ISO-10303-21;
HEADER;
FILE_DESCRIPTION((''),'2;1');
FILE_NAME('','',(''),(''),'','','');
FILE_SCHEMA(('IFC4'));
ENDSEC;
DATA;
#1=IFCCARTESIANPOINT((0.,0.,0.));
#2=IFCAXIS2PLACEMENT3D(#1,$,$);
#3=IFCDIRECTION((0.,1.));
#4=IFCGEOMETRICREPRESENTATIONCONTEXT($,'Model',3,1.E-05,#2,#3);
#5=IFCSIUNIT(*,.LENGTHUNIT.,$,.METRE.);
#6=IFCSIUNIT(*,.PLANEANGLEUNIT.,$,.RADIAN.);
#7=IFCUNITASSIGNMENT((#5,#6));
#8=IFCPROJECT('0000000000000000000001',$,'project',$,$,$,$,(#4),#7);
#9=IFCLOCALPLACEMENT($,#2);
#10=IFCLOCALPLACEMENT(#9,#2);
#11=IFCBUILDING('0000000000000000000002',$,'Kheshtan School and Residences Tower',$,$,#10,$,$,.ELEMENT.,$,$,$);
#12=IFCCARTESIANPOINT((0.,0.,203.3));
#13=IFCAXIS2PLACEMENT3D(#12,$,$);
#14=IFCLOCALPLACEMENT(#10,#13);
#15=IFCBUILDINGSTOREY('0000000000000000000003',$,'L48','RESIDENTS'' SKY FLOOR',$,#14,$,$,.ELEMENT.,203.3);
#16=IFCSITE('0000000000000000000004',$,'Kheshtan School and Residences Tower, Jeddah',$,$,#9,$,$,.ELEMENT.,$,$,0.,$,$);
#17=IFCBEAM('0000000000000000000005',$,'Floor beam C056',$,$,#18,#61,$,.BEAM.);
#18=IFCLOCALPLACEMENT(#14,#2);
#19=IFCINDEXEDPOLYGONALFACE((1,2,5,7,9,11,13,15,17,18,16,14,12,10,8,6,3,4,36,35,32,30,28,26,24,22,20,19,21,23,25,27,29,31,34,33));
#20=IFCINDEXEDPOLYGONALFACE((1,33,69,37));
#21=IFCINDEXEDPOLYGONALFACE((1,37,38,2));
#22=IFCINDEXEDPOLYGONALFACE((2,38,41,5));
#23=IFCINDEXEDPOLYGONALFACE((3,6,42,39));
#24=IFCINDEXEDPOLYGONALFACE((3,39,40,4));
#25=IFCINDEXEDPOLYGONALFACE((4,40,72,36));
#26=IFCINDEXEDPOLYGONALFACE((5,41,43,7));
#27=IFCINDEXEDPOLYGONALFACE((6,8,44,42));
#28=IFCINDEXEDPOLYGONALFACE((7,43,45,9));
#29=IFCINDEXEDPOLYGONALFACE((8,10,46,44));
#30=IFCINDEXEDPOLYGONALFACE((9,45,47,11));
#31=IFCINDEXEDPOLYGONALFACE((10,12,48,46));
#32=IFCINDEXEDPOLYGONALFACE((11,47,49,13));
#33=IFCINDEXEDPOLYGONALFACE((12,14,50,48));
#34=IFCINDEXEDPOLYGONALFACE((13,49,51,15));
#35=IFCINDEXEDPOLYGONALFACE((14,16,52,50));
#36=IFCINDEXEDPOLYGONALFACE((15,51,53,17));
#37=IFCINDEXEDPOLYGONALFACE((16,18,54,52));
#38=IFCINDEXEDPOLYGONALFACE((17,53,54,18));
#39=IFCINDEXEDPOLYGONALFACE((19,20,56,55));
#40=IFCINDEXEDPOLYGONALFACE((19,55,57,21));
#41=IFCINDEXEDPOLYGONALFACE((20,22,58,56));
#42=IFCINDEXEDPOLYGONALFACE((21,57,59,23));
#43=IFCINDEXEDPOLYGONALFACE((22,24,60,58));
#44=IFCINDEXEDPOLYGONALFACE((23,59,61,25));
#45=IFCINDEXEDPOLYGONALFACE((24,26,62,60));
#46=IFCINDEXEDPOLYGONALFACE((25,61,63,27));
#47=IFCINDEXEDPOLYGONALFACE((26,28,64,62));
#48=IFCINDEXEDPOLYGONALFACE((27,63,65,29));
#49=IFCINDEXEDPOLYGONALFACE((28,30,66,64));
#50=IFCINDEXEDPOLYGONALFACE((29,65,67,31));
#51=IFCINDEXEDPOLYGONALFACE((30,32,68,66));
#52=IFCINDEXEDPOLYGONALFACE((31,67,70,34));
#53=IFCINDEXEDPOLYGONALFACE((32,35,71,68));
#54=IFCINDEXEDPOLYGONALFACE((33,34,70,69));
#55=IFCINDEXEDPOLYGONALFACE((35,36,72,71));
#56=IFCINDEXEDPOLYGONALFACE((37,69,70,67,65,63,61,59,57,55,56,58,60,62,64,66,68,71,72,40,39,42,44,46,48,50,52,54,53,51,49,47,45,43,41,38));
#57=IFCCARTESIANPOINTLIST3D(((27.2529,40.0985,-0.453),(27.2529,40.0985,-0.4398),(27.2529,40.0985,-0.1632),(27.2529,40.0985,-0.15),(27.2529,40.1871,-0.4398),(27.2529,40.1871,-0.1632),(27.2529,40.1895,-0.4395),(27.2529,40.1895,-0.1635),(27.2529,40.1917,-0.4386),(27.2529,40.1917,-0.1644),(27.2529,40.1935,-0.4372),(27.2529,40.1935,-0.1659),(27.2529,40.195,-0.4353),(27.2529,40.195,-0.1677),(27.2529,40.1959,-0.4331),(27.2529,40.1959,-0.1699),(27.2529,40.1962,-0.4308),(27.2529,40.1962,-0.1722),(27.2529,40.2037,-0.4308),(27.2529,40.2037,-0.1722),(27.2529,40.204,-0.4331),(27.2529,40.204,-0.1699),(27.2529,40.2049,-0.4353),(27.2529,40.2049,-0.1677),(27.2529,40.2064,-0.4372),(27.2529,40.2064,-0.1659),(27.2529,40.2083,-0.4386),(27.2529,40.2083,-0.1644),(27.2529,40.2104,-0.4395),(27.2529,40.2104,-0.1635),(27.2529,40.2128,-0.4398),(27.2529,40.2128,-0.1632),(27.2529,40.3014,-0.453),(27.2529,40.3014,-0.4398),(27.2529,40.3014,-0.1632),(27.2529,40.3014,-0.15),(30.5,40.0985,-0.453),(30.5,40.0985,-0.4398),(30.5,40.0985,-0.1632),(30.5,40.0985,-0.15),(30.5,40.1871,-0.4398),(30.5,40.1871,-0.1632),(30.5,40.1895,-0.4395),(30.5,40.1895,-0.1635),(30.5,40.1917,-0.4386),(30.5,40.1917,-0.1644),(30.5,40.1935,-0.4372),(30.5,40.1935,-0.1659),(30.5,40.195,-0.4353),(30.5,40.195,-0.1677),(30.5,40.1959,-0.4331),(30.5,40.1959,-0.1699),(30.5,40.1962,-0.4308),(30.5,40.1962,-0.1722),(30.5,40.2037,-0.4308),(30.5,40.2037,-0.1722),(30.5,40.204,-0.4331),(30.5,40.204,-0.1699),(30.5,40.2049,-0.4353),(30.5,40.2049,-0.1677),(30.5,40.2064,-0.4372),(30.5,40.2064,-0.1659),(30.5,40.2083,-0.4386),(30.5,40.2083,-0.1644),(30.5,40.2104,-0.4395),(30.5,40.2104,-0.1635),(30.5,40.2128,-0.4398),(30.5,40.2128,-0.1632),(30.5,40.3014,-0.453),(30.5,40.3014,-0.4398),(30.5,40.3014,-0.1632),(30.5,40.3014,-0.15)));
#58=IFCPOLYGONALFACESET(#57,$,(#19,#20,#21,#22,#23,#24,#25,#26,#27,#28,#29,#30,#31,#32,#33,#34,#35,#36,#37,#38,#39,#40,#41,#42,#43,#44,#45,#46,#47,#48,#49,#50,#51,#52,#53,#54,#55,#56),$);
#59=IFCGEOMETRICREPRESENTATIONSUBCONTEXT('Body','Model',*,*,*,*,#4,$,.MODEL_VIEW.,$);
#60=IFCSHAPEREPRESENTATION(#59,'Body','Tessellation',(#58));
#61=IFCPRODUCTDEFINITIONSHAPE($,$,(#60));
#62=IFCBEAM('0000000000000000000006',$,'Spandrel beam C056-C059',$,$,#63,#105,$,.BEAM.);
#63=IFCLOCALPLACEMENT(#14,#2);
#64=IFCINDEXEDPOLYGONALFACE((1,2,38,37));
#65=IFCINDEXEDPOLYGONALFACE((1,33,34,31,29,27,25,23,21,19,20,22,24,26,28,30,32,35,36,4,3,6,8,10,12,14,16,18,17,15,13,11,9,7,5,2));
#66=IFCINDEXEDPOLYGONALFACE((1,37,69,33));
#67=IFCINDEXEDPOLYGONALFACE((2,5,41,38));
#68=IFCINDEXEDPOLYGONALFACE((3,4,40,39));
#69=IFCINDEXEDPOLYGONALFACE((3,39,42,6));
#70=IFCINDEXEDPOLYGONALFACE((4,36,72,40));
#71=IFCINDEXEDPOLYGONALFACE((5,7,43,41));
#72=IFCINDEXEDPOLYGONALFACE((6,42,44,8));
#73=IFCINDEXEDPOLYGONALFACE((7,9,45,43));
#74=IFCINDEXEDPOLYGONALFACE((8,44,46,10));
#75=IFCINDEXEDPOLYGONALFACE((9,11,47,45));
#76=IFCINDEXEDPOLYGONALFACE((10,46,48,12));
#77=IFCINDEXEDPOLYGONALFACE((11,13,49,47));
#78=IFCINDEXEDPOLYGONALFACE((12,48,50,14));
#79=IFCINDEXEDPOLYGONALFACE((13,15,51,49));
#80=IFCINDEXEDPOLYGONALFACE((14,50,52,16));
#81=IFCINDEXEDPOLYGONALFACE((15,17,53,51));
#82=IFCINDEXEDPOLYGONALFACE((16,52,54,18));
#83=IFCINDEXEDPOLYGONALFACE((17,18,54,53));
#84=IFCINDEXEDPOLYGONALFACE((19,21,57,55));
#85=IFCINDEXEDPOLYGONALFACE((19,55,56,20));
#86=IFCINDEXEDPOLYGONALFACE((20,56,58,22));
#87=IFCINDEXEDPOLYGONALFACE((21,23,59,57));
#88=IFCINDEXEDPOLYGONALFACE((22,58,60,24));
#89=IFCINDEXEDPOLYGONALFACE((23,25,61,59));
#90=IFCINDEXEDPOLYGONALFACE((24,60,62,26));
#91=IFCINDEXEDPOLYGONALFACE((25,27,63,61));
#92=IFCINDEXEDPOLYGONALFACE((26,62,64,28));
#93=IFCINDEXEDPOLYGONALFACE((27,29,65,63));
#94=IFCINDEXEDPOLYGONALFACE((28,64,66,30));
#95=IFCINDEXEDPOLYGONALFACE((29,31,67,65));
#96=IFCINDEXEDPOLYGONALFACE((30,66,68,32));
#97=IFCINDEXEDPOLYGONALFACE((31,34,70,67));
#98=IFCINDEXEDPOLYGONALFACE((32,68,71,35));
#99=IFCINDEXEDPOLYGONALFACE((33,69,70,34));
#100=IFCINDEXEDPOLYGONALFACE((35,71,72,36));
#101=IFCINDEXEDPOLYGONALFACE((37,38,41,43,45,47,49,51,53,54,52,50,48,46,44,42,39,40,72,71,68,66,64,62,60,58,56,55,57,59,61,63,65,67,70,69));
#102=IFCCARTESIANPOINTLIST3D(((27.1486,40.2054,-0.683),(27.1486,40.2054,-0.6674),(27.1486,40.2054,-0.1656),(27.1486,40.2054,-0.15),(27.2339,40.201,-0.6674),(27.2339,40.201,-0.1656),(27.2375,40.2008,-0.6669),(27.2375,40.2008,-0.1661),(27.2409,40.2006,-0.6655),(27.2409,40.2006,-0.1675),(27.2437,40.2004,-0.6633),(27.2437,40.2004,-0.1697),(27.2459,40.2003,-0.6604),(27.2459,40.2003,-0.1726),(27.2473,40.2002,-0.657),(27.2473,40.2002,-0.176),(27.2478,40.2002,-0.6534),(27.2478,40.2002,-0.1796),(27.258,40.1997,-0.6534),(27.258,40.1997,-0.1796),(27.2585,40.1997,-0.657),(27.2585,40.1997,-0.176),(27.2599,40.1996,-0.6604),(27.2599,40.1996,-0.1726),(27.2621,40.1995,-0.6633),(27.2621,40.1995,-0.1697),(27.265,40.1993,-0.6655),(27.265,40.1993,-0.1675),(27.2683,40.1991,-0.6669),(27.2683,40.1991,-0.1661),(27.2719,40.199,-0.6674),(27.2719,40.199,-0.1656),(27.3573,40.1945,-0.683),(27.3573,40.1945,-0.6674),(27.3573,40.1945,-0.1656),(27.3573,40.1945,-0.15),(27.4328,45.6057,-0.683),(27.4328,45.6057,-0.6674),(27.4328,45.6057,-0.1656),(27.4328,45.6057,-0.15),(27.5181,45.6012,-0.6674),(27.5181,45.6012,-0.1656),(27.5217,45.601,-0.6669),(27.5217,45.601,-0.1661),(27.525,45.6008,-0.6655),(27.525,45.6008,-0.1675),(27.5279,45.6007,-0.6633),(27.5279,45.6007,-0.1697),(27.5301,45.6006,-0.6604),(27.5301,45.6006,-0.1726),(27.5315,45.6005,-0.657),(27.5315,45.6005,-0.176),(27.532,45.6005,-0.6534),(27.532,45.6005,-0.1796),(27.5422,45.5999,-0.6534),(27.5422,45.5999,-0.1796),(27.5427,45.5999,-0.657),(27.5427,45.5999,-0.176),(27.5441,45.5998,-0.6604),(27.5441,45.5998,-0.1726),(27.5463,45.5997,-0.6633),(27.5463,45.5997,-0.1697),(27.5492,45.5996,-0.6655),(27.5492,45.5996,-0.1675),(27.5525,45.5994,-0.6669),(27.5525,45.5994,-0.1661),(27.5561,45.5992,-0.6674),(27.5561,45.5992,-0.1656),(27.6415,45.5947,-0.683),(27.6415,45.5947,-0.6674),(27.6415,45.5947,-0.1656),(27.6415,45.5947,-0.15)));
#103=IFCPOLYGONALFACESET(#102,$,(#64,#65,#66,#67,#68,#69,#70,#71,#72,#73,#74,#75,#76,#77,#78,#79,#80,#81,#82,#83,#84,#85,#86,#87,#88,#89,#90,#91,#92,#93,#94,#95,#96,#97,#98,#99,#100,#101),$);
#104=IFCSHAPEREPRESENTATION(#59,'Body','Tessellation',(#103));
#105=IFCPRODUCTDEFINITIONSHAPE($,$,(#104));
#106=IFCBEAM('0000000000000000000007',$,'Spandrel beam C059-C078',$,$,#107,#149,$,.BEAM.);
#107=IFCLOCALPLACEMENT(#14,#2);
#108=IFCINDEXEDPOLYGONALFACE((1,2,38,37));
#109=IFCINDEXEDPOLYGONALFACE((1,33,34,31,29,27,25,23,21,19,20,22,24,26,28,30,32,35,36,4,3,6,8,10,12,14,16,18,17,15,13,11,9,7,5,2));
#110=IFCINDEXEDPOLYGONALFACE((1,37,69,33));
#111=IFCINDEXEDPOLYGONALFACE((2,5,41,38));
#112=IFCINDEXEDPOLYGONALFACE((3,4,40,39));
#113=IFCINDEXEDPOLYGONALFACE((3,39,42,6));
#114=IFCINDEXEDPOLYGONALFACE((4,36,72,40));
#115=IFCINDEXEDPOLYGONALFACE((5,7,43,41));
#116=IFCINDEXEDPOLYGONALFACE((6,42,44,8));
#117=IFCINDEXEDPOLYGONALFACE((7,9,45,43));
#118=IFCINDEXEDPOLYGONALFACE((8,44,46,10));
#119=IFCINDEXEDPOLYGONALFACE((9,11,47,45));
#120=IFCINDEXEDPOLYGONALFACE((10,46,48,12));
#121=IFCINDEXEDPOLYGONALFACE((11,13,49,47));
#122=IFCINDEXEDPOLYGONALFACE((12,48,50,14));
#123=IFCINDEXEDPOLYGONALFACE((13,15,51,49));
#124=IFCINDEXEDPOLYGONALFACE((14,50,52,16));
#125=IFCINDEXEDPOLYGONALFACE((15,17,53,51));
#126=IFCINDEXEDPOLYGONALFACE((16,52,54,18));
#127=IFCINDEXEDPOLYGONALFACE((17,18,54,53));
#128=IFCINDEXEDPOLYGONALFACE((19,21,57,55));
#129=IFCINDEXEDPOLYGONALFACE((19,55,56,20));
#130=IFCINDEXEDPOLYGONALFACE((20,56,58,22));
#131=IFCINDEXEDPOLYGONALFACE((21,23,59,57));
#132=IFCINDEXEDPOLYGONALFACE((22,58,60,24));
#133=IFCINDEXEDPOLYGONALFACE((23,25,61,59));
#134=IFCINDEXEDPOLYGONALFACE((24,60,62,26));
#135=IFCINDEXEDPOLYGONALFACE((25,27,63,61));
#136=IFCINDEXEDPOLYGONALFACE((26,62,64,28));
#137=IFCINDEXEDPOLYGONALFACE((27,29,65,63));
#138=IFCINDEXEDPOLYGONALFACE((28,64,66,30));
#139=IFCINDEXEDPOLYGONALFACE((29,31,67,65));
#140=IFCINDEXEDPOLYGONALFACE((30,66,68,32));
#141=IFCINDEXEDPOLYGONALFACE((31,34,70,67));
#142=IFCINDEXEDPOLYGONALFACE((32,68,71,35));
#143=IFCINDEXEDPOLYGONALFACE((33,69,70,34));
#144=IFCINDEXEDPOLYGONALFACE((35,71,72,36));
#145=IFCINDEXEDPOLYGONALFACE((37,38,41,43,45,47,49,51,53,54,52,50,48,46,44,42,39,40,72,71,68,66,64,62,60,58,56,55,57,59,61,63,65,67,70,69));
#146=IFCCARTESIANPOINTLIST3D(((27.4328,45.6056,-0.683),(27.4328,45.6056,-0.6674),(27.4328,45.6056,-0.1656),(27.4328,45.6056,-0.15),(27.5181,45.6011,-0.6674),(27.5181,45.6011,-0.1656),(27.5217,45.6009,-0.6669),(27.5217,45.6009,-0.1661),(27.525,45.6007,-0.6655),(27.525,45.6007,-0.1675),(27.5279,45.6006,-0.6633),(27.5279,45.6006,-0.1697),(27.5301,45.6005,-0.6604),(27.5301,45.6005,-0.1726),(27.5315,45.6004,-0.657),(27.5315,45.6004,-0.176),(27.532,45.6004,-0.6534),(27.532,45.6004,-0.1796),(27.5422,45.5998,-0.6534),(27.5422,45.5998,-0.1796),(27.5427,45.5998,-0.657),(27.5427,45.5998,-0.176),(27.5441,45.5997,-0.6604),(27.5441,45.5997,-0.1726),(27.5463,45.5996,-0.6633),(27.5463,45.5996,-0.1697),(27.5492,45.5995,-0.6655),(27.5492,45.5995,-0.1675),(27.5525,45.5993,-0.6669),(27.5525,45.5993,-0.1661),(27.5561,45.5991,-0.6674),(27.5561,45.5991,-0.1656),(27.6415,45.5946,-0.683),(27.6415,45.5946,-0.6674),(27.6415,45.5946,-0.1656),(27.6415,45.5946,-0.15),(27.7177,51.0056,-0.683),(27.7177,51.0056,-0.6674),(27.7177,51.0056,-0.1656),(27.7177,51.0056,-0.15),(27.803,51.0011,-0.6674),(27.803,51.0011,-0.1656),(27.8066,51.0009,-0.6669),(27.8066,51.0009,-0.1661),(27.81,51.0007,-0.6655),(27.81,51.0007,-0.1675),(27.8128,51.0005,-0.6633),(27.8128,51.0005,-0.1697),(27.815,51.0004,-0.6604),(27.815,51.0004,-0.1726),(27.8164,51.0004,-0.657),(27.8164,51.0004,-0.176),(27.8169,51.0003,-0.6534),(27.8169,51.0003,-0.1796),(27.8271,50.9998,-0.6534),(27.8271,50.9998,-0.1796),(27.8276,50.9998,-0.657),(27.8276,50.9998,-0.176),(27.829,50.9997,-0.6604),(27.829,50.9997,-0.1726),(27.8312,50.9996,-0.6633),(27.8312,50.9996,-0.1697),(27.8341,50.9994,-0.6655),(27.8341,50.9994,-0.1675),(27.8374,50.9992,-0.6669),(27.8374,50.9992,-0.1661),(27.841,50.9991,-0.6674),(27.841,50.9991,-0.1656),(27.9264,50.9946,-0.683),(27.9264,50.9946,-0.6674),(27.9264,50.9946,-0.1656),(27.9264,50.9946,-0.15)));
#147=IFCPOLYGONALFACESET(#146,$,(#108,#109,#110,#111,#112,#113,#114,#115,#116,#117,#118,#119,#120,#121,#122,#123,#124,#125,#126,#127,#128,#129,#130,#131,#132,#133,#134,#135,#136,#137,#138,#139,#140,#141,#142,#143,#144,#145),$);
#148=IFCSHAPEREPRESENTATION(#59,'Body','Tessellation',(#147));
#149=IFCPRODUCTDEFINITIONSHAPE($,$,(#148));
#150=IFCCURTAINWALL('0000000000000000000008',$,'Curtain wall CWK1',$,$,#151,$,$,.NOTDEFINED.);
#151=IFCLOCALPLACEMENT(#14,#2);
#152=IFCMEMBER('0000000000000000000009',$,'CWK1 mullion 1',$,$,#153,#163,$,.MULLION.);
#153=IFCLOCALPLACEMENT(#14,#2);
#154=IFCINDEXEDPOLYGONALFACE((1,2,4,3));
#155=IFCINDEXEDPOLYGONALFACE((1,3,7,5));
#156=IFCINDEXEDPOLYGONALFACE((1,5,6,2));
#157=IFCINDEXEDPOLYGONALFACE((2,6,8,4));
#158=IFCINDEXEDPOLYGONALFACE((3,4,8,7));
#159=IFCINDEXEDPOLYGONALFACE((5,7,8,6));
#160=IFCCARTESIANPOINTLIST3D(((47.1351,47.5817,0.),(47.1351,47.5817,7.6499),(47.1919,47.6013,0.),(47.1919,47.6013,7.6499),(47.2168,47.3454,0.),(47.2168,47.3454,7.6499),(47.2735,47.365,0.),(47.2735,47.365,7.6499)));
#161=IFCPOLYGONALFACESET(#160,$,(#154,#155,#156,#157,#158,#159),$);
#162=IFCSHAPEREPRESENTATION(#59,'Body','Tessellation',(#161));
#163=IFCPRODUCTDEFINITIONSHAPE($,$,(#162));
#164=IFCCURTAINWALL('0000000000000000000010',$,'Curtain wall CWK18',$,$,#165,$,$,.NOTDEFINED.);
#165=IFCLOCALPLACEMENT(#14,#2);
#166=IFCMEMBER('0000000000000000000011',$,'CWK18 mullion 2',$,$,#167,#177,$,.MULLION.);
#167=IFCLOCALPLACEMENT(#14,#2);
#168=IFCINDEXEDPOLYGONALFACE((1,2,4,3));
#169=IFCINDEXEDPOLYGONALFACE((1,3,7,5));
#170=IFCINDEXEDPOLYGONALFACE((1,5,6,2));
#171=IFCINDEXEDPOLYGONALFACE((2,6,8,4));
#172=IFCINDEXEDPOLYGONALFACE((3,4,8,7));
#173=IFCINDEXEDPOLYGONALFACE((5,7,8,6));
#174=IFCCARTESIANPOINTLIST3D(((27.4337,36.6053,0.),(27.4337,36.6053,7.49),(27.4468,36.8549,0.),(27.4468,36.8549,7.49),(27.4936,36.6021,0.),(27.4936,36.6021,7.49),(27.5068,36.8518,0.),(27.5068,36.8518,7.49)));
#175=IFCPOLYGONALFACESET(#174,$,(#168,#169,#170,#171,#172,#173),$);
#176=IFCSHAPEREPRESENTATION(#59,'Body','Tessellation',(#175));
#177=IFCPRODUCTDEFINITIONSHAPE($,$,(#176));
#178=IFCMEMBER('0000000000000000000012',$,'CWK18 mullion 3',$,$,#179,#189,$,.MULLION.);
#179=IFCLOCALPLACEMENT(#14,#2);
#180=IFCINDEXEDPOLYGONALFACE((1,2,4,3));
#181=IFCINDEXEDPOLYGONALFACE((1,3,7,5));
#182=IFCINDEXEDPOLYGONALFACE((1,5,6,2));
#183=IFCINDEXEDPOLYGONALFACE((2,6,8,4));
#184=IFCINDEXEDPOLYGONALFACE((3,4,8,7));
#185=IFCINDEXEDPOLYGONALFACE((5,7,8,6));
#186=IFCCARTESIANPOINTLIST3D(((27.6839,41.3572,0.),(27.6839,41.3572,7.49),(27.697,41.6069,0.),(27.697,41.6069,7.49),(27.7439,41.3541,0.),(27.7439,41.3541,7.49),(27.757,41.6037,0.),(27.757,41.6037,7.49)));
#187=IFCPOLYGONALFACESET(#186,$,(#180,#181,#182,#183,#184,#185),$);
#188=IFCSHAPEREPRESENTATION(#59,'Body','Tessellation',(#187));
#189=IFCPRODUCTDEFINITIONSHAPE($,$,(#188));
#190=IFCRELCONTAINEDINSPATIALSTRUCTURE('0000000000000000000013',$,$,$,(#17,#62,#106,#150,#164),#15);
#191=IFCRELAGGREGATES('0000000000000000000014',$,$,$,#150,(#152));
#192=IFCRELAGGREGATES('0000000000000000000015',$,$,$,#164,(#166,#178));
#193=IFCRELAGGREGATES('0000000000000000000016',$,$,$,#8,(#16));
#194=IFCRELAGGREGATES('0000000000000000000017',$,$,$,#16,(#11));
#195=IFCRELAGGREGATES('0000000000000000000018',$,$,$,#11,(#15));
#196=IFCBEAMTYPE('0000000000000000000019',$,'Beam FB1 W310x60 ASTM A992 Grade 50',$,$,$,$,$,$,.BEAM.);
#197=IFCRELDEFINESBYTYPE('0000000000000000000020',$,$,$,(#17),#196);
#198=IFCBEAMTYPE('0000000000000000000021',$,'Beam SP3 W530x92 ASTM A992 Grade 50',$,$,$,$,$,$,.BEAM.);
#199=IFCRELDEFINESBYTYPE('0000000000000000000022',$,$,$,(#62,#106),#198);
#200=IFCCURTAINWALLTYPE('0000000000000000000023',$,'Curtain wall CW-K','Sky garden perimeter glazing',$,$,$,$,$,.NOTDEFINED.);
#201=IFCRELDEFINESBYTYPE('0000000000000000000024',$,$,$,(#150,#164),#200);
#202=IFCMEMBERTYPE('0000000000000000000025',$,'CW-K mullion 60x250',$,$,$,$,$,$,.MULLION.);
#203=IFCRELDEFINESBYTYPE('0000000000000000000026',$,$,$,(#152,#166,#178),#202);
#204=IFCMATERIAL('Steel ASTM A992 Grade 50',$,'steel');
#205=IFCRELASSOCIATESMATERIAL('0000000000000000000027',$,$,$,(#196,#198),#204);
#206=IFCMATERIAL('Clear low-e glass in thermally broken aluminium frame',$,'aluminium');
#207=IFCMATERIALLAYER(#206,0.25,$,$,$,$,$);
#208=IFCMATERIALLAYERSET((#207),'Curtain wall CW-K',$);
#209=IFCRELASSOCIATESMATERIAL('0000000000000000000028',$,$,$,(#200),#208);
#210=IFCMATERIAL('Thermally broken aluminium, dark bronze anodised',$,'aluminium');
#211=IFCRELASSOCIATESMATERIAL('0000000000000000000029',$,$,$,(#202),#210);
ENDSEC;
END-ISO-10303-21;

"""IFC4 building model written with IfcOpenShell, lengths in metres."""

from ifc_helpers import new_model, si_unit, direction, frame, origin, origin_2d, place, context, subcontext, project, spatial, rectangle, i_section, extrude, material, layer, layer_set, material_profile, profile_set, type_object, element, aggregate, save


model = new_model("IFC4")

# Units and contexts
model_context = context("Model", 3, precision=1e-05, world=origin(), true_north=direction((0.0, 1.0)))
body_context = subcontext(model_context, "Body", "Model", "MODEL_VIEW")
ifc_project = project(units=[si_unit("LENGTHUNIT", "METRE"), si_unit("PLANEANGLEUNIT", "RADIAN")], contexts=[model_context])

# Site, building, storey
site_placement = place(None, origin())
site = spatial("IfcSite", under=ifc_project, at=site_placement, Name="Kheshtan School and Residences Tower, Jeddah", CompositionType="ELEMENT", RefElevation=0.0)
building_placement = place(site_placement, origin())
building = spatial("IfcBuilding", under=site, at=building_placement, Name="Kheshtan School and Residences Tower", CompositionType="ELEMENT")
storey_placement = place(building_placement, frame((0.0, 0.0, 203.3)))
storey = spatial("IfcBuildingStorey", under=building, at=storey_placement, Name="L48", Description="RESIDENTS' SKY FLOOR", CompositionType="ELEMENT", Elevation=203.3)

# Shared definitions
ifc_material_1 = material(Name="Steel ASTM A992 Grade 50", Category="steel")

# Beams
ifc_material_profile_1 = material_profile(ifc_material_1, i_section(OverallWidth=0.2029, OverallDepth=0.303, WebThickness=0.0076, FlangeThickness=0.0132, FilletRadius=0.009, at=origin_2d()), Name="W310x60")
ifc_profile_set_1 = profile_set([ifc_material_profile_1], Name="Steel ASTM A992 Grade 50")
beam_type_1 = type_object("IfcBeamType", Name="Beam FB1 W310x60 ASTM A992 Grade 50", PredefinedType="BEAM", material=ifc_profile_set_1)
beam_1_placement = place(storey_placement, frame((27.2529, 40.2, -0.3015), z_axis=(1.0, 0.0, 0.0), x_axis=(0.0, 1.0, 0.0)))
element("IfcBeam", 1, at=beam_1_placement, inside=storey, type_object=beam_type_1, Name="Floor beam C056", PredefinedType="BEAM", context=body_context, shape_type="SweptSolid", body=[
    extrude(i_section(OverallWidth=0.2029, OverallDepth=0.303, WebThickness=0.0076, FlangeThickness=0.0132, FilletRadius=0.009, at=origin_2d()), origin(), (0.0, 0.0, 1.0), 3.2471),
])
ifc_material_profile_2 = material_profile(ifc_material_1, i_section(OverallWidth=0.209, OverallDepth=0.533, WebThickness=0.0103, FlangeThickness=0.0156, FilletRadius=0.0139, at=origin_2d()), Name="W530x92")
ifc_profile_set_2 = profile_set([ifc_material_profile_2], Name="Steel ASTM A992 Grade 50")
beam_type_2 = type_object("IfcBeamType", Name="Beam SP3 W530x92 ASTM A992 Grade 50", PredefinedType="BEAM", material=ifc_profile_set_2)
beam_2_placement = place(storey_placement, frame((27.2529, 40.2, -0.4165), z_axis=(0.052552, 0.998618, 0.0), x_axis=(-0.998618, 0.052552, 0.0)))
element("IfcBeam", 2, at=beam_2_placement, inside=storey, type_object=beam_type_2, Name="Spandrel beam C056-C059", PredefinedType="BEAM", context=body_context, shape_type="SweptSolid", body=[
    extrude(i_section(OverallWidth=0.209, OverallDepth=0.533, WebThickness=0.0103, FlangeThickness=0.0156, FilletRadius=0.0139, at=origin_2d()), origin(), (0.0, 0.0, 1.0), 5.4077),
])
beam_3_placement = place(storey_placement, frame((27.5371, 45.6001, -0.4165), z_axis=(0.052689, 0.998611, 0.0), x_axis=(-0.998611, 0.052689, 0.0)))
element("IfcBeam", 3, at=beam_3_placement, inside=storey, type_object=beam_type_2, Name="Spandrel beam C059-C078", PredefinedType="BEAM", context=body_context, shape_type="SweptSolid", body=[
    extrude(i_section(OverallWidth=0.209, OverallDepth=0.533, WebThickness=0.0103, FlangeThickness=0.0156, FilletRadius=0.0139, at=origin_2d()), origin(), (0.0, 0.0, 1.0), 5.4075),
])

# Curtain wall, member
ifc_material_2 = material(Name="Clear low-e glass in thermally broken aluminium frame", Category="aluminium")
ifc_layer_1 = layer(ifc_material_2, 0.25)
ifc_layer_set_1 = layer_set([ifc_layer_1], Name="Curtain wall CW-K")
curtain_wall_type = type_object("IfcCurtainWallType", Name="Curtain wall CW-K", Description="Sky garden perimeter glazing", PredefinedType="NOTDEFINED", material=ifc_layer_set_1)
curtain_wall_1_placement = place(storey_placement, origin())
curtain_wall_1 = element("IfcCurtainWall", 4, at=curtain_wall_1_placement, inside=storey, type_object=curtain_wall_type, Name="Curtain wall CWK1", PredefinedType="NOTDEFINED")
ifc_material_3 = material(Name="Thermally broken aluminium, dark bronze anodised", Category="aluminium")
ifc_material_profile_3 = material_profile(ifc_material_3, rectangle(XDim=0.0601, YDim=0.25, at=origin_2d()), Name="CW-K mullion 60x250")
ifc_profile_set_3 = profile_set([ifc_material_profile_3], Name="Thermally broken aluminium, dark bronze anodised")
member_type_1 = type_object("IfcMemberType", Name="CW-K mullion 60x250", PredefinedType="MULLION", material=ifc_profile_set_3)
member_1_placement = place(storey_placement, frame((47.2043, 47.4734, 0.0), z_axis=(0.0, 0.0, 1.0), x_axis=(0.94519, 0.32652, 0.0)))
member_1 = element("IfcMember", 5, at=member_1_placement, type_object=member_type_1, Name="CWK1 mullion 1", PredefinedType="MULLION", context=body_context, shape_type="SweptSolid", body=[
    extrude(rectangle(XDim=0.0601, YDim=0.25, at=origin_2d()), origin(), (0.0, 0.0, 1.0), 7.6499),
])

# Curtain wall, members
curtain_wall_2_placement = place(storey_placement, origin())
curtain_wall_2 = element("IfcCurtainWall", 6, at=curtain_wall_2_placement, inside=storey, type_object=curtain_wall_type, Name="Curtain wall CWK18", PredefinedType="NOTDEFINED")
member_2_placement = place(storey_placement, frame((27.4702, 36.7285, 0.0), z_axis=(0.0, 0.0, 1.0), x_axis=(-0.998617, 0.052565, 0.0)))
member_2 = element("IfcMember", 7, at=member_2_placement, type_object=member_type_1, Name="CWK18 mullion 2", PredefinedType="MULLION", context=body_context, shape_type="SweptSolid", body=[
    extrude(rectangle(XDim=0.0601, YDim=0.25, at=origin_2d()), origin(), (0.0, 0.0, 1.0), 7.49),
])
member_3_placement = place(storey_placement, frame((27.7205, 41.4805, 0.0), z_axis=(0.0, 0.0, 1.0), x_axis=(-0.998617, 0.052565, 0.0)))
member_3 = element("IfcMember", 8, at=member_3_placement, type_object=member_type_1, Name="CWK18 mullion 3", PredefinedType="MULLION", context=body_context, shape_type="SweptSolid", body=[
    extrude(rectangle(XDim=0.0601, YDim=0.25, at=origin_2d()), origin(), (0.0, 0.0, 1.0), 7.49),
])

aggregate(curtain_wall_1, [member_1])
aggregate(curtain_wall_2, [member_2, member_3])

save(model, "model.ifc")
